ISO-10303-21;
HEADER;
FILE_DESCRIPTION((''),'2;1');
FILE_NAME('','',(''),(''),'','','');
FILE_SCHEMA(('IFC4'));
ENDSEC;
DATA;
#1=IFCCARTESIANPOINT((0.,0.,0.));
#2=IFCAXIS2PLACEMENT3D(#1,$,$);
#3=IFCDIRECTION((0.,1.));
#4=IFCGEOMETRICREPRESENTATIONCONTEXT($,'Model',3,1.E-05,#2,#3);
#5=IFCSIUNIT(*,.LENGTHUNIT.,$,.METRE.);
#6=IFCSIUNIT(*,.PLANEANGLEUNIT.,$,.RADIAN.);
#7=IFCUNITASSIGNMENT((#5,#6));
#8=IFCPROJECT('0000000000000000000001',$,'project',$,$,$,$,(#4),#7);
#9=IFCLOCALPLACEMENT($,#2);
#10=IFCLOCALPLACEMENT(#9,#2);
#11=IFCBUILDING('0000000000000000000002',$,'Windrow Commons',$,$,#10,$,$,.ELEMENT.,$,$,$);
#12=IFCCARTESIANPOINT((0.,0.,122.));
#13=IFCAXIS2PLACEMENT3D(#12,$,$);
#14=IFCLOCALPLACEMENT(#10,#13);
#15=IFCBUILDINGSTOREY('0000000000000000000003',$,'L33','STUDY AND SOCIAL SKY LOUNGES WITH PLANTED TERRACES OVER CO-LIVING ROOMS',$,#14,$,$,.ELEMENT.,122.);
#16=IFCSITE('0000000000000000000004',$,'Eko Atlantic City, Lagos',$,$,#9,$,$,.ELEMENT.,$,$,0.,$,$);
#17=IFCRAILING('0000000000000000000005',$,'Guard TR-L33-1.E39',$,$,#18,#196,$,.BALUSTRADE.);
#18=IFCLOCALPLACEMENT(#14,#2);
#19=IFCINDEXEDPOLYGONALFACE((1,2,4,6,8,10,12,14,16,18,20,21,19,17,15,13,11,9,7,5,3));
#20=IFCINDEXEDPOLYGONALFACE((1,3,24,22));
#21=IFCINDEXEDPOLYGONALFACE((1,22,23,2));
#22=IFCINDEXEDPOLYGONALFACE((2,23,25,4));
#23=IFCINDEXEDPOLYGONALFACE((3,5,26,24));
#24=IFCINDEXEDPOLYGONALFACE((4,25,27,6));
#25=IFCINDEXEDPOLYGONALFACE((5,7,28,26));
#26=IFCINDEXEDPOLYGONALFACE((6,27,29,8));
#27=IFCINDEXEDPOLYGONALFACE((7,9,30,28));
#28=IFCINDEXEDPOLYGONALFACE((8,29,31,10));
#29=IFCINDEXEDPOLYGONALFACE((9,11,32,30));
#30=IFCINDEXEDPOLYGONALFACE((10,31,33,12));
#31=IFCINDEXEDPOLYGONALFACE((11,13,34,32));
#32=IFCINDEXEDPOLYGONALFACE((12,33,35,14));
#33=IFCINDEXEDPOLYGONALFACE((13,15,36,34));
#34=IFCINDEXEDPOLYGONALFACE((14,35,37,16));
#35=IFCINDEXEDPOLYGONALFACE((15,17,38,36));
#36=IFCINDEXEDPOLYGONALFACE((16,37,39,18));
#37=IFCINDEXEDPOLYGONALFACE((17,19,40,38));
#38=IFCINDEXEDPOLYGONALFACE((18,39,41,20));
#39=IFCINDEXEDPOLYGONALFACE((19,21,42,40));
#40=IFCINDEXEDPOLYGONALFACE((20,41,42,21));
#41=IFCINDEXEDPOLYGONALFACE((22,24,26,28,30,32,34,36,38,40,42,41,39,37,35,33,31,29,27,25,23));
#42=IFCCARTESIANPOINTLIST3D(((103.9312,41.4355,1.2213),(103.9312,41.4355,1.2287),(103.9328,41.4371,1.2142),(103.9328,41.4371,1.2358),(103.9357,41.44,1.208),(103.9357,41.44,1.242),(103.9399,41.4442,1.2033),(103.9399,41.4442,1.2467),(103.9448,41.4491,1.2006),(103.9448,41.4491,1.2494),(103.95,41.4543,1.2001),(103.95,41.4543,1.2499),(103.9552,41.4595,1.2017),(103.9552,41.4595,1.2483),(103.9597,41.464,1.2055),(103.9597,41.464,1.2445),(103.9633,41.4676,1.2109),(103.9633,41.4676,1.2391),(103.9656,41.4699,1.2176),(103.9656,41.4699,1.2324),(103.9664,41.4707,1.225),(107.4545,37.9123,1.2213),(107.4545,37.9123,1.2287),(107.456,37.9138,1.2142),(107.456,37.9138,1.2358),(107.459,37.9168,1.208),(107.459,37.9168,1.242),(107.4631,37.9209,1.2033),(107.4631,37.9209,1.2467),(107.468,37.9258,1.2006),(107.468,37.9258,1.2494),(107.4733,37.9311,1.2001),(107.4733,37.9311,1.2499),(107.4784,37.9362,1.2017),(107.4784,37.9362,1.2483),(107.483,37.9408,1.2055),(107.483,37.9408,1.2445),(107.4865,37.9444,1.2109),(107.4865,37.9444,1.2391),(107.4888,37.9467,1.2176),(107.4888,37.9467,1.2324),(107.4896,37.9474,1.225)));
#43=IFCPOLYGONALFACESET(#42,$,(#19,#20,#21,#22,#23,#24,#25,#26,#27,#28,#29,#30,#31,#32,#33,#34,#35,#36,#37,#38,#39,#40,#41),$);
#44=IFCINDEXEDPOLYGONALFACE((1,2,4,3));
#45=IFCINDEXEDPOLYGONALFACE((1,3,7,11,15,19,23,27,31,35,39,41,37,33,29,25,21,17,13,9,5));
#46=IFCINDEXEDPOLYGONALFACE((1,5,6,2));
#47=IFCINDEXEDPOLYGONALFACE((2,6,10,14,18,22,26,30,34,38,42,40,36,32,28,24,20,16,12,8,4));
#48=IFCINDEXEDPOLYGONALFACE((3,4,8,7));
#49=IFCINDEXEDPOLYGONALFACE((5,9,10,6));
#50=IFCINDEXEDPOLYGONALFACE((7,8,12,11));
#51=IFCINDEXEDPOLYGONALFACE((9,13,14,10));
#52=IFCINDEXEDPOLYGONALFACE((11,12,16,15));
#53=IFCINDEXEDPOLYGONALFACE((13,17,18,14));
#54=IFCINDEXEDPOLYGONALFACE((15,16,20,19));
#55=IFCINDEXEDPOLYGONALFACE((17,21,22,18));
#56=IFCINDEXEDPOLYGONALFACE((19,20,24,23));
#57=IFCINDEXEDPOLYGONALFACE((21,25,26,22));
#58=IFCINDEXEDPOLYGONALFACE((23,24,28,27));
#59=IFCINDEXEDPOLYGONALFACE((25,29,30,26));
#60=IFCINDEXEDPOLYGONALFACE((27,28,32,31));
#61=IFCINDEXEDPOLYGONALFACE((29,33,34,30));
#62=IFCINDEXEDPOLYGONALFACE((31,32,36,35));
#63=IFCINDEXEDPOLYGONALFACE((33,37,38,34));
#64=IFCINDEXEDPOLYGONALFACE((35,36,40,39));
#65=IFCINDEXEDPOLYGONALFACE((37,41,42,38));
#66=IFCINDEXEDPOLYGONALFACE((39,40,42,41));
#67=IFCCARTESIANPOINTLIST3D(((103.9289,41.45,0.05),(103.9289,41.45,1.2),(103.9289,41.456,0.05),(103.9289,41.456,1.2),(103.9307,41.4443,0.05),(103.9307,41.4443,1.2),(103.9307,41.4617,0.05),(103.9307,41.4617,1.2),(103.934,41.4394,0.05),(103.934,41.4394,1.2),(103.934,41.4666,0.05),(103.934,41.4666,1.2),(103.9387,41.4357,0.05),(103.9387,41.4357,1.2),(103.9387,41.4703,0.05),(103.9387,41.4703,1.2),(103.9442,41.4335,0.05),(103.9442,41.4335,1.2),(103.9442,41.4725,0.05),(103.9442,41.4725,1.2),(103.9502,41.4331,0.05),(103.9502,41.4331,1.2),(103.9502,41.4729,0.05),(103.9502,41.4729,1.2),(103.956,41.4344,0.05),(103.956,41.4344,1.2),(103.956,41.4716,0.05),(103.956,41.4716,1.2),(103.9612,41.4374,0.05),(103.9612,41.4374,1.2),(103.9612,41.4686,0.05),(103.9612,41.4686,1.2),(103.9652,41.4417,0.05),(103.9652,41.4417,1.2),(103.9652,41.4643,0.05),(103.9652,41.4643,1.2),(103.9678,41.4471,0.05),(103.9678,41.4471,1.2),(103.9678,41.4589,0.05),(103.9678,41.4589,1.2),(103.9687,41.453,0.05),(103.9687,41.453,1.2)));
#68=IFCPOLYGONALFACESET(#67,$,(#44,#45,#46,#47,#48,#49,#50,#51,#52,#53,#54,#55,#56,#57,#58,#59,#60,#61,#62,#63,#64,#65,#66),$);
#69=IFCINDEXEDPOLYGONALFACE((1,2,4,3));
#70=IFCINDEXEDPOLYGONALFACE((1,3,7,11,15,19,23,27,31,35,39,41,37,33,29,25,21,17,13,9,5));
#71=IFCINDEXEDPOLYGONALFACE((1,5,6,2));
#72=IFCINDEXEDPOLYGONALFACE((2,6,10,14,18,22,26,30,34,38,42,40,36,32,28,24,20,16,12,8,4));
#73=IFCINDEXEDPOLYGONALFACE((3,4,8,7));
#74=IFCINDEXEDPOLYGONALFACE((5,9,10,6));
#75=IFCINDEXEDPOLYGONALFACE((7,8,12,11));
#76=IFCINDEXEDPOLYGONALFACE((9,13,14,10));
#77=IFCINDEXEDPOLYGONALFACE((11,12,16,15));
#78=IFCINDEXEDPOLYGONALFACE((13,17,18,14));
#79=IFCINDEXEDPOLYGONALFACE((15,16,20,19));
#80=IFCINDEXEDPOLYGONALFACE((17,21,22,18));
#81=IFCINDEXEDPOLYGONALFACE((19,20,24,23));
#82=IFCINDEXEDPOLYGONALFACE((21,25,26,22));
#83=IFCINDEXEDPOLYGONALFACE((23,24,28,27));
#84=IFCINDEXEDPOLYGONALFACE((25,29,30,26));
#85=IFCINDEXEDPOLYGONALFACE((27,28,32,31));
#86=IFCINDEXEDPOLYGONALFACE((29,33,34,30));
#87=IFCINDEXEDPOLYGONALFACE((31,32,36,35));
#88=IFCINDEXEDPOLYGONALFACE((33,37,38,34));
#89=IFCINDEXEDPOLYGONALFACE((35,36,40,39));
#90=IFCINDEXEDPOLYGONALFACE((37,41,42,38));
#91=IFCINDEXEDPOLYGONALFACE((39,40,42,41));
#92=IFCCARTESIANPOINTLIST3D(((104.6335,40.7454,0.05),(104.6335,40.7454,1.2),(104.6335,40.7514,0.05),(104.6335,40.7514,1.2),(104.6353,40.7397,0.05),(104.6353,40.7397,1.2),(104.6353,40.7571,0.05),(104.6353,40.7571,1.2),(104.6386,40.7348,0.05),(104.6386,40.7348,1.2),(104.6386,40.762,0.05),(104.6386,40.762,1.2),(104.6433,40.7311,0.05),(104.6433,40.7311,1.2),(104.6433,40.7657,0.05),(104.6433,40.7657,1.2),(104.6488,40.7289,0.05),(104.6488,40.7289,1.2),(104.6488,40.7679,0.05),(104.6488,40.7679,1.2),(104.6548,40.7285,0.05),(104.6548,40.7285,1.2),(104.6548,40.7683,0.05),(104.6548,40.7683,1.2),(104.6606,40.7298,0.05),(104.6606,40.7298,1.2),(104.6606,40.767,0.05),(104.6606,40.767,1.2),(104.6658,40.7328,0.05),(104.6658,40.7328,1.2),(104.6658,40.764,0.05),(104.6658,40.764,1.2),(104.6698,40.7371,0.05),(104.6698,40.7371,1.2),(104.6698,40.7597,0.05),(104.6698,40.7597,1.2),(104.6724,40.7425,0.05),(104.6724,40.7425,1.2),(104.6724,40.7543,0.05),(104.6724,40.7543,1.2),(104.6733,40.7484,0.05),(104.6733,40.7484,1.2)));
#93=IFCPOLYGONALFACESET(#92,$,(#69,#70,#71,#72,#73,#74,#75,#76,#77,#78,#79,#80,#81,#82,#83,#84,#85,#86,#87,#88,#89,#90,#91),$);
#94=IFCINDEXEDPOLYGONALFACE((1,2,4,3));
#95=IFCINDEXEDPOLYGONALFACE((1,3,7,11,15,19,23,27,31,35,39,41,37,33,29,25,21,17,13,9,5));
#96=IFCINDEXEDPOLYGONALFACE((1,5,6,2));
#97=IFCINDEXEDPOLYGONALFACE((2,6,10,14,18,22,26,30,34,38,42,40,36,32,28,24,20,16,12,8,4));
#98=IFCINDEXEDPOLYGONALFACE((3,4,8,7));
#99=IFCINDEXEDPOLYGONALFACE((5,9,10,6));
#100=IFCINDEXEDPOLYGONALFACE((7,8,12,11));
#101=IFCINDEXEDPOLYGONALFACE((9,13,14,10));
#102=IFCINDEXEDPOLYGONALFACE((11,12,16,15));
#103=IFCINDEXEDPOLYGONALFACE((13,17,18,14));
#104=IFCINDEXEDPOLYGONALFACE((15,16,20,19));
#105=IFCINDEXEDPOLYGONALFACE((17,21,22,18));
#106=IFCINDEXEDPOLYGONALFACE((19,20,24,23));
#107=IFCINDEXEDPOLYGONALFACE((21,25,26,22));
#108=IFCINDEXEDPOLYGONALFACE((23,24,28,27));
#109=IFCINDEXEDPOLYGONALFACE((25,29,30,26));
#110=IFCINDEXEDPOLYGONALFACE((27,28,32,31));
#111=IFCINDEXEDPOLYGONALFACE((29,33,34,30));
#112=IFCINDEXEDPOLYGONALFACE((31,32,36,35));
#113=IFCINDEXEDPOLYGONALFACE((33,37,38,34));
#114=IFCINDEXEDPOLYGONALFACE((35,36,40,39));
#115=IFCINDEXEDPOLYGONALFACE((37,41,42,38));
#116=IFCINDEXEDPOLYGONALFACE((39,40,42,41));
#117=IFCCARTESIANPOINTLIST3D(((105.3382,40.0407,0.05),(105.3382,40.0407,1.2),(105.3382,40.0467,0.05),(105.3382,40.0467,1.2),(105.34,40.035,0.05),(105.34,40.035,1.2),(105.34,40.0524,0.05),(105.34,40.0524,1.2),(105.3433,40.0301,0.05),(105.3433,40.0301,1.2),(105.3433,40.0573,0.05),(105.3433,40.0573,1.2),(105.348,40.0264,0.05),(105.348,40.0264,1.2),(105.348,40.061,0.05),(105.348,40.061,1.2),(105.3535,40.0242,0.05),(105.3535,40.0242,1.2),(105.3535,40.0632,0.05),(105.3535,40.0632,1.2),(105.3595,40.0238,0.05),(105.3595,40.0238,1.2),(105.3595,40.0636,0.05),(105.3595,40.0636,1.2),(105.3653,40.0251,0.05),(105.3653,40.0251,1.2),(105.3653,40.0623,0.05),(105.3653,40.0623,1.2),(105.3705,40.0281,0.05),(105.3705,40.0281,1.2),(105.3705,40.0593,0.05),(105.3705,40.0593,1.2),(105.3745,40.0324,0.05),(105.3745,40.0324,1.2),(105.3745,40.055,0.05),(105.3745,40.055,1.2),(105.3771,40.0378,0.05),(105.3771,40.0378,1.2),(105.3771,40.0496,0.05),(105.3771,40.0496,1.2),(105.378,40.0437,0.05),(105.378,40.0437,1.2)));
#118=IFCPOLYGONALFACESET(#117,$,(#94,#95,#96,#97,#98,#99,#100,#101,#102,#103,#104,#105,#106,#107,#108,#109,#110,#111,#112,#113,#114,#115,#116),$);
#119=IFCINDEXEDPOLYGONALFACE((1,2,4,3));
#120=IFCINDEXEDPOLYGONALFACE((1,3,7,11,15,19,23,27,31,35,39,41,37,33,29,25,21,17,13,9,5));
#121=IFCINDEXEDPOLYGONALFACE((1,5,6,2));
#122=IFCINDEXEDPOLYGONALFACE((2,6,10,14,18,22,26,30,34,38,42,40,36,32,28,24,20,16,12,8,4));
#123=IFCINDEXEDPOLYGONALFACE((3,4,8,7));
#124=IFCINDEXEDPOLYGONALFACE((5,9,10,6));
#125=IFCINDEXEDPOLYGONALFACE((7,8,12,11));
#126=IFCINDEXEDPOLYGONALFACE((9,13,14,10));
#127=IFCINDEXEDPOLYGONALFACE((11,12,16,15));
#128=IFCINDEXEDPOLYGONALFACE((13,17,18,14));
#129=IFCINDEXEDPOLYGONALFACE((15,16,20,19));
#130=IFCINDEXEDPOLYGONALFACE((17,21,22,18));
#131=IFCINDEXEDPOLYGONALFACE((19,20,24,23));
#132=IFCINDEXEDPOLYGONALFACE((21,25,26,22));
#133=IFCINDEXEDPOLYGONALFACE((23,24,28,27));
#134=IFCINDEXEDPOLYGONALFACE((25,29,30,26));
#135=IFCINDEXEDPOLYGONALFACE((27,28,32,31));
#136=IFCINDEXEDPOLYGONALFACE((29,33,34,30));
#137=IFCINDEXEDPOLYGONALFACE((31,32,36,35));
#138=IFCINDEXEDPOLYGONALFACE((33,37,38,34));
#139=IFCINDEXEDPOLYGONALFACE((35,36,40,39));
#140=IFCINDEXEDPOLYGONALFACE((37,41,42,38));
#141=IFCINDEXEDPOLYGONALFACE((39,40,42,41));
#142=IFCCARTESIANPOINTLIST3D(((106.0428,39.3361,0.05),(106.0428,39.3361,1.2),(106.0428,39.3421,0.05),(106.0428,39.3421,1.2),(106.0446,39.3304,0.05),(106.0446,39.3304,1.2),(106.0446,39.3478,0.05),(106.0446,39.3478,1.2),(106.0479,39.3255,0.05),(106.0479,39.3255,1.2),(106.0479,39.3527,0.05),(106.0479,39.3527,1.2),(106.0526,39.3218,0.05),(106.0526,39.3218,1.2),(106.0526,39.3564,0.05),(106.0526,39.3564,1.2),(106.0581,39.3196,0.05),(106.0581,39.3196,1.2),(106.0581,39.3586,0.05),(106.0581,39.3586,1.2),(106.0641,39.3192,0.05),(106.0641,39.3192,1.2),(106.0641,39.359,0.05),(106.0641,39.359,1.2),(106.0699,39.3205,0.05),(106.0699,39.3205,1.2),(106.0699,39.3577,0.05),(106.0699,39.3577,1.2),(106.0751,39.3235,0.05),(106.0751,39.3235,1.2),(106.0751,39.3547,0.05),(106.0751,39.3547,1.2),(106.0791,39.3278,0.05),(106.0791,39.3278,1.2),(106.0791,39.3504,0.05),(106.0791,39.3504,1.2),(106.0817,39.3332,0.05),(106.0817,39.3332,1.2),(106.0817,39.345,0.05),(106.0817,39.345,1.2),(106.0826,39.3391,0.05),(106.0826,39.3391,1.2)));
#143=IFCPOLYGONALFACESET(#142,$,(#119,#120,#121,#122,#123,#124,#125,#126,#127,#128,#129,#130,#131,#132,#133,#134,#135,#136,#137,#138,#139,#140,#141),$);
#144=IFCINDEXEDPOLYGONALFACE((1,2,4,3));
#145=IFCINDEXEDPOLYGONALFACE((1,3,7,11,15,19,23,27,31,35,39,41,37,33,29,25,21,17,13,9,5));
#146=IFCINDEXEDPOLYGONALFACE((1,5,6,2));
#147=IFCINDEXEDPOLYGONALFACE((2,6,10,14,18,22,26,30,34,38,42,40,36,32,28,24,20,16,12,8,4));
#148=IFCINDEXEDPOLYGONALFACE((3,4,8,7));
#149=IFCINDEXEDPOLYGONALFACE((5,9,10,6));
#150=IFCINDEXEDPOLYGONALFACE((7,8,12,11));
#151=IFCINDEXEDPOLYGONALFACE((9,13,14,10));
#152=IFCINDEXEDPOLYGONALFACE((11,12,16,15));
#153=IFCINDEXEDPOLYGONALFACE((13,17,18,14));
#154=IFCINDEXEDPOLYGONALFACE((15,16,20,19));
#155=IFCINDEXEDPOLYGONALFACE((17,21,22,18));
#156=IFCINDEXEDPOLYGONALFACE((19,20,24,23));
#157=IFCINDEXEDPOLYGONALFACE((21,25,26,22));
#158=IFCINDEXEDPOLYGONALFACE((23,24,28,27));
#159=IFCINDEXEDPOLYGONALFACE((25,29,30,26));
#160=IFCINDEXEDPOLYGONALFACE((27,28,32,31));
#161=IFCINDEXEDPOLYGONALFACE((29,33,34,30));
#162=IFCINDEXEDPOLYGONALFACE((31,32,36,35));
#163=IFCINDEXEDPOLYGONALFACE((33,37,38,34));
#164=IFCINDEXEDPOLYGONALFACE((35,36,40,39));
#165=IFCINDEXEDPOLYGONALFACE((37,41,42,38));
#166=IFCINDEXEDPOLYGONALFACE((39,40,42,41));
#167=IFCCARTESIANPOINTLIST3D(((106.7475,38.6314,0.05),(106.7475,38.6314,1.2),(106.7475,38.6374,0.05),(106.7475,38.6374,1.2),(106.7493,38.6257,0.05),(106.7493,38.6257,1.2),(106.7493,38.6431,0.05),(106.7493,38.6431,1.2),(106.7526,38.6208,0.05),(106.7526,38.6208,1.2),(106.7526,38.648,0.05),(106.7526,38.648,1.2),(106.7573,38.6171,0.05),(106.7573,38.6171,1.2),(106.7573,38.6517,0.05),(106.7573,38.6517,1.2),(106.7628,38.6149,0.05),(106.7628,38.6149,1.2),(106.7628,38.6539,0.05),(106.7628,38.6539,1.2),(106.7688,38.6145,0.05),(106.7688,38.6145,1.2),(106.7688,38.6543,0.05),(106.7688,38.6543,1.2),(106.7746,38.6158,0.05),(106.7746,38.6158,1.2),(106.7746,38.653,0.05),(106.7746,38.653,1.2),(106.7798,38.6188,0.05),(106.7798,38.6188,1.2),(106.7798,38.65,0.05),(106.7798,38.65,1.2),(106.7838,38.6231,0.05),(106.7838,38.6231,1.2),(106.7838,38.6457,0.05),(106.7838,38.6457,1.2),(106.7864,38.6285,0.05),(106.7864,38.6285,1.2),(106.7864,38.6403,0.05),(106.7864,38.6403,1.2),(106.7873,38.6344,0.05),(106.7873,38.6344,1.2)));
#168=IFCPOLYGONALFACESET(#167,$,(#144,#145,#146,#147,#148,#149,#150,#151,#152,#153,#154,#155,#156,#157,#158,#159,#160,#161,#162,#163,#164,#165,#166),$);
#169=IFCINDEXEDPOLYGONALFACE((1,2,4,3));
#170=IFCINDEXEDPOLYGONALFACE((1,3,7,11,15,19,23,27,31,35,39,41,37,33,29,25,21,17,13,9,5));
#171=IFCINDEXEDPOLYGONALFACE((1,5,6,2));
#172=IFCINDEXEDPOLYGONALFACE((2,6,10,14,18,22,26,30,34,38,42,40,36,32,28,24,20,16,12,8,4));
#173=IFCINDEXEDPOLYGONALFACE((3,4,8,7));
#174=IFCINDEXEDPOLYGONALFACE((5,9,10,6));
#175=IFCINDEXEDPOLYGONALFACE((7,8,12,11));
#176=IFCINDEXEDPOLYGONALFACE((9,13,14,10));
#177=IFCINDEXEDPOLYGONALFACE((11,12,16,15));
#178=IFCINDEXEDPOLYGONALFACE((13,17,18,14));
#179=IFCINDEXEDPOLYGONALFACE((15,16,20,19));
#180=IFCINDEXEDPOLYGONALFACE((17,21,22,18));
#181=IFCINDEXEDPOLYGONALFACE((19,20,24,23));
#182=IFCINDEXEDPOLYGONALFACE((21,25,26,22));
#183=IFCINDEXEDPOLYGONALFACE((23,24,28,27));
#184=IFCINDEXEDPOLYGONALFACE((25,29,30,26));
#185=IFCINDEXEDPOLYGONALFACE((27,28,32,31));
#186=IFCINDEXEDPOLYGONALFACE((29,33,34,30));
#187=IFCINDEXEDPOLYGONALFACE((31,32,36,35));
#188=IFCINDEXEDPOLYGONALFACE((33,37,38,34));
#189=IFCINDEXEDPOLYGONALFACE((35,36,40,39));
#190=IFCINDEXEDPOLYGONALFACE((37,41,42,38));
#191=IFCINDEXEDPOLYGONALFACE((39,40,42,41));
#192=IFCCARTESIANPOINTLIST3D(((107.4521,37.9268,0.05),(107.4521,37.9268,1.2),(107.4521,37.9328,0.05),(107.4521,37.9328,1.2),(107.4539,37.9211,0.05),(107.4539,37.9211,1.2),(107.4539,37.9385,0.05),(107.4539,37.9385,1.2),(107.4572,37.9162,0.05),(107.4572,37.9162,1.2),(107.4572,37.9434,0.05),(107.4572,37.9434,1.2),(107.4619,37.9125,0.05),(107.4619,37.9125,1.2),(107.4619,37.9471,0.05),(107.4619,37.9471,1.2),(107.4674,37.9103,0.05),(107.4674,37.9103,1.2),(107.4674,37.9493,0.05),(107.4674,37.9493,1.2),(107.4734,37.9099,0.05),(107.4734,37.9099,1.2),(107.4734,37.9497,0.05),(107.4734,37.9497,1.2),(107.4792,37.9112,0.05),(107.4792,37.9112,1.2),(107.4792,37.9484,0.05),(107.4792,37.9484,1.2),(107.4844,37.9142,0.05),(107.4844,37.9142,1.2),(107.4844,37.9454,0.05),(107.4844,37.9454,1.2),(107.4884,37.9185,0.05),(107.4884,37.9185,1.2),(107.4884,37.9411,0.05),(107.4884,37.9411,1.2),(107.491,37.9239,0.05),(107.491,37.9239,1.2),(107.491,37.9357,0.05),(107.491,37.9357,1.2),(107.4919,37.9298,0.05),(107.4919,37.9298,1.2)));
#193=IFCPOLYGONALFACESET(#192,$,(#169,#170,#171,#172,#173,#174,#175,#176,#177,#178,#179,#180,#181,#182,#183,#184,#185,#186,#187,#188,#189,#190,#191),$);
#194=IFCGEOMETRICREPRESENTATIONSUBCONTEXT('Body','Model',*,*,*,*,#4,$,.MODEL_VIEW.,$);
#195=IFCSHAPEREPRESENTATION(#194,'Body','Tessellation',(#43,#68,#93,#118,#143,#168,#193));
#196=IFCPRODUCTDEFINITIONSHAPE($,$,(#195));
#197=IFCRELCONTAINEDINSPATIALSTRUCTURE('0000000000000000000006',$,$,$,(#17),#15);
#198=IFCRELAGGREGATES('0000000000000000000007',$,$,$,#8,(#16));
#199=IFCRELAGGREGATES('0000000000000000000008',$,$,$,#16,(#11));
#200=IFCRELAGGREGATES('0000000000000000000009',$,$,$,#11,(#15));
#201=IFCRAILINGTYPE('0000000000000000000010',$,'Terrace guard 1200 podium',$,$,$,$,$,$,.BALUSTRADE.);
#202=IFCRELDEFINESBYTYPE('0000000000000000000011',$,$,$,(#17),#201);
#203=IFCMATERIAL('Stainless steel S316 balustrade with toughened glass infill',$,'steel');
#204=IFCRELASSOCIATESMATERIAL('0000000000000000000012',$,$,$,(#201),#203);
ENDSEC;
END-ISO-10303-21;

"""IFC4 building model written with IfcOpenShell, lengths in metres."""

from ifc_helpers import new_model, si_unit, direction, frame, origin, origin_2d, place, context, subcontext, project, spatial, circle, extrude, material, type_object, element, save


model = new_model("IFC4")

# Units and contexts
model_context = context("Model", 3, precision=1e-05, world=origin(), true_north=direction((0.0, 1.0)))
body_context = subcontext(model_context, "Body", "Model", "MODEL_VIEW")
ifc_project = project(units=[si_unit("LENGTHUNIT", "METRE"), si_unit("PLANEANGLEUNIT", "RADIAN")], contexts=[model_context])

# Site, building, storey
site_placement = place(None, origin())
site = spatial("IfcSite", under=ifc_project, at=site_placement, Name="Eko Atlantic City, Lagos", CompositionType="ELEMENT", RefElevation=0.0)
building_placement = place(site_placement, origin())
building = spatial("IfcBuilding", under=site, at=building_placement, Name="Windrow Commons", CompositionType="ELEMENT")
storey_placement = place(building_placement, frame((0.0, 0.0, 122.0)))
storey = spatial("IfcBuildingStorey", under=building, at=storey_placement, Name="L33", Description="STUDY AND SOCIAL SKY LOUNGES WITH PLANTED TERRACES OVER CO-LIVING ROOMS", CompositionType="ELEMENT", Elevation=122.0)

# Railing
ifc_material_1 = material(Name="Stainless steel S316 balustrade with toughened glass infill", Category="steel")
railing_type = type_object("IfcRailingType", Name="Terrace guard 1200 podium", PredefinedType="BALUSTRADE", material=ifc_material_1)
railing_1_placement = place(storey_placement, frame((103.9487, 41.453, 0.05)))
element("IfcRailing", 1, at=railing_1_placement, inside=storey, type_object=railing_type, Name="Guard TR-L33-1.E39", PredefinedType="BALUSTRADE", context=body_context, shape_type="SweptSolid", body=[
    extrude(circle(Radius=0.025, at=origin_2d()), frame((0.0, 0.0, 1.175), z_axis=(0.707107, -0.707107, 0.0), x_axis=(0.707107, 0.707107, 0.0)), (0.0, 0.0, 1.0), 4.9826),
    extrude(circle(Radius=0.02, at=origin_2d()), origin(), (0.0, 0.0, 1.0), 1.15),
    extrude(circle(Radius=0.02, at=origin_2d()), frame((0.7046, -0.7046, 0.0)), (0.0, 0.0, 1.0), 1.15),
    extrude(circle(Radius=0.02, at=origin_2d()), frame((1.4093, -1.4093, 0.0)), (0.0, 0.0, 1.0), 1.15),
    extrude(circle(Radius=0.02, at=origin_2d()), frame((2.1139, -2.1139, 0.0)), (0.0, 0.0, 1.0), 1.15),
    extrude(circle(Radius=0.02, at=origin_2d()), frame((2.8186, -2.8186, 0.0)), (0.0, 0.0, 1.0), 1.15),
    extrude(circle(Radius=0.02, at=origin_2d()), frame((3.5232, -3.5232, 0.0)), (0.0, 0.0, 1.0), 1.15),
])

save(model, "model.ifc")
